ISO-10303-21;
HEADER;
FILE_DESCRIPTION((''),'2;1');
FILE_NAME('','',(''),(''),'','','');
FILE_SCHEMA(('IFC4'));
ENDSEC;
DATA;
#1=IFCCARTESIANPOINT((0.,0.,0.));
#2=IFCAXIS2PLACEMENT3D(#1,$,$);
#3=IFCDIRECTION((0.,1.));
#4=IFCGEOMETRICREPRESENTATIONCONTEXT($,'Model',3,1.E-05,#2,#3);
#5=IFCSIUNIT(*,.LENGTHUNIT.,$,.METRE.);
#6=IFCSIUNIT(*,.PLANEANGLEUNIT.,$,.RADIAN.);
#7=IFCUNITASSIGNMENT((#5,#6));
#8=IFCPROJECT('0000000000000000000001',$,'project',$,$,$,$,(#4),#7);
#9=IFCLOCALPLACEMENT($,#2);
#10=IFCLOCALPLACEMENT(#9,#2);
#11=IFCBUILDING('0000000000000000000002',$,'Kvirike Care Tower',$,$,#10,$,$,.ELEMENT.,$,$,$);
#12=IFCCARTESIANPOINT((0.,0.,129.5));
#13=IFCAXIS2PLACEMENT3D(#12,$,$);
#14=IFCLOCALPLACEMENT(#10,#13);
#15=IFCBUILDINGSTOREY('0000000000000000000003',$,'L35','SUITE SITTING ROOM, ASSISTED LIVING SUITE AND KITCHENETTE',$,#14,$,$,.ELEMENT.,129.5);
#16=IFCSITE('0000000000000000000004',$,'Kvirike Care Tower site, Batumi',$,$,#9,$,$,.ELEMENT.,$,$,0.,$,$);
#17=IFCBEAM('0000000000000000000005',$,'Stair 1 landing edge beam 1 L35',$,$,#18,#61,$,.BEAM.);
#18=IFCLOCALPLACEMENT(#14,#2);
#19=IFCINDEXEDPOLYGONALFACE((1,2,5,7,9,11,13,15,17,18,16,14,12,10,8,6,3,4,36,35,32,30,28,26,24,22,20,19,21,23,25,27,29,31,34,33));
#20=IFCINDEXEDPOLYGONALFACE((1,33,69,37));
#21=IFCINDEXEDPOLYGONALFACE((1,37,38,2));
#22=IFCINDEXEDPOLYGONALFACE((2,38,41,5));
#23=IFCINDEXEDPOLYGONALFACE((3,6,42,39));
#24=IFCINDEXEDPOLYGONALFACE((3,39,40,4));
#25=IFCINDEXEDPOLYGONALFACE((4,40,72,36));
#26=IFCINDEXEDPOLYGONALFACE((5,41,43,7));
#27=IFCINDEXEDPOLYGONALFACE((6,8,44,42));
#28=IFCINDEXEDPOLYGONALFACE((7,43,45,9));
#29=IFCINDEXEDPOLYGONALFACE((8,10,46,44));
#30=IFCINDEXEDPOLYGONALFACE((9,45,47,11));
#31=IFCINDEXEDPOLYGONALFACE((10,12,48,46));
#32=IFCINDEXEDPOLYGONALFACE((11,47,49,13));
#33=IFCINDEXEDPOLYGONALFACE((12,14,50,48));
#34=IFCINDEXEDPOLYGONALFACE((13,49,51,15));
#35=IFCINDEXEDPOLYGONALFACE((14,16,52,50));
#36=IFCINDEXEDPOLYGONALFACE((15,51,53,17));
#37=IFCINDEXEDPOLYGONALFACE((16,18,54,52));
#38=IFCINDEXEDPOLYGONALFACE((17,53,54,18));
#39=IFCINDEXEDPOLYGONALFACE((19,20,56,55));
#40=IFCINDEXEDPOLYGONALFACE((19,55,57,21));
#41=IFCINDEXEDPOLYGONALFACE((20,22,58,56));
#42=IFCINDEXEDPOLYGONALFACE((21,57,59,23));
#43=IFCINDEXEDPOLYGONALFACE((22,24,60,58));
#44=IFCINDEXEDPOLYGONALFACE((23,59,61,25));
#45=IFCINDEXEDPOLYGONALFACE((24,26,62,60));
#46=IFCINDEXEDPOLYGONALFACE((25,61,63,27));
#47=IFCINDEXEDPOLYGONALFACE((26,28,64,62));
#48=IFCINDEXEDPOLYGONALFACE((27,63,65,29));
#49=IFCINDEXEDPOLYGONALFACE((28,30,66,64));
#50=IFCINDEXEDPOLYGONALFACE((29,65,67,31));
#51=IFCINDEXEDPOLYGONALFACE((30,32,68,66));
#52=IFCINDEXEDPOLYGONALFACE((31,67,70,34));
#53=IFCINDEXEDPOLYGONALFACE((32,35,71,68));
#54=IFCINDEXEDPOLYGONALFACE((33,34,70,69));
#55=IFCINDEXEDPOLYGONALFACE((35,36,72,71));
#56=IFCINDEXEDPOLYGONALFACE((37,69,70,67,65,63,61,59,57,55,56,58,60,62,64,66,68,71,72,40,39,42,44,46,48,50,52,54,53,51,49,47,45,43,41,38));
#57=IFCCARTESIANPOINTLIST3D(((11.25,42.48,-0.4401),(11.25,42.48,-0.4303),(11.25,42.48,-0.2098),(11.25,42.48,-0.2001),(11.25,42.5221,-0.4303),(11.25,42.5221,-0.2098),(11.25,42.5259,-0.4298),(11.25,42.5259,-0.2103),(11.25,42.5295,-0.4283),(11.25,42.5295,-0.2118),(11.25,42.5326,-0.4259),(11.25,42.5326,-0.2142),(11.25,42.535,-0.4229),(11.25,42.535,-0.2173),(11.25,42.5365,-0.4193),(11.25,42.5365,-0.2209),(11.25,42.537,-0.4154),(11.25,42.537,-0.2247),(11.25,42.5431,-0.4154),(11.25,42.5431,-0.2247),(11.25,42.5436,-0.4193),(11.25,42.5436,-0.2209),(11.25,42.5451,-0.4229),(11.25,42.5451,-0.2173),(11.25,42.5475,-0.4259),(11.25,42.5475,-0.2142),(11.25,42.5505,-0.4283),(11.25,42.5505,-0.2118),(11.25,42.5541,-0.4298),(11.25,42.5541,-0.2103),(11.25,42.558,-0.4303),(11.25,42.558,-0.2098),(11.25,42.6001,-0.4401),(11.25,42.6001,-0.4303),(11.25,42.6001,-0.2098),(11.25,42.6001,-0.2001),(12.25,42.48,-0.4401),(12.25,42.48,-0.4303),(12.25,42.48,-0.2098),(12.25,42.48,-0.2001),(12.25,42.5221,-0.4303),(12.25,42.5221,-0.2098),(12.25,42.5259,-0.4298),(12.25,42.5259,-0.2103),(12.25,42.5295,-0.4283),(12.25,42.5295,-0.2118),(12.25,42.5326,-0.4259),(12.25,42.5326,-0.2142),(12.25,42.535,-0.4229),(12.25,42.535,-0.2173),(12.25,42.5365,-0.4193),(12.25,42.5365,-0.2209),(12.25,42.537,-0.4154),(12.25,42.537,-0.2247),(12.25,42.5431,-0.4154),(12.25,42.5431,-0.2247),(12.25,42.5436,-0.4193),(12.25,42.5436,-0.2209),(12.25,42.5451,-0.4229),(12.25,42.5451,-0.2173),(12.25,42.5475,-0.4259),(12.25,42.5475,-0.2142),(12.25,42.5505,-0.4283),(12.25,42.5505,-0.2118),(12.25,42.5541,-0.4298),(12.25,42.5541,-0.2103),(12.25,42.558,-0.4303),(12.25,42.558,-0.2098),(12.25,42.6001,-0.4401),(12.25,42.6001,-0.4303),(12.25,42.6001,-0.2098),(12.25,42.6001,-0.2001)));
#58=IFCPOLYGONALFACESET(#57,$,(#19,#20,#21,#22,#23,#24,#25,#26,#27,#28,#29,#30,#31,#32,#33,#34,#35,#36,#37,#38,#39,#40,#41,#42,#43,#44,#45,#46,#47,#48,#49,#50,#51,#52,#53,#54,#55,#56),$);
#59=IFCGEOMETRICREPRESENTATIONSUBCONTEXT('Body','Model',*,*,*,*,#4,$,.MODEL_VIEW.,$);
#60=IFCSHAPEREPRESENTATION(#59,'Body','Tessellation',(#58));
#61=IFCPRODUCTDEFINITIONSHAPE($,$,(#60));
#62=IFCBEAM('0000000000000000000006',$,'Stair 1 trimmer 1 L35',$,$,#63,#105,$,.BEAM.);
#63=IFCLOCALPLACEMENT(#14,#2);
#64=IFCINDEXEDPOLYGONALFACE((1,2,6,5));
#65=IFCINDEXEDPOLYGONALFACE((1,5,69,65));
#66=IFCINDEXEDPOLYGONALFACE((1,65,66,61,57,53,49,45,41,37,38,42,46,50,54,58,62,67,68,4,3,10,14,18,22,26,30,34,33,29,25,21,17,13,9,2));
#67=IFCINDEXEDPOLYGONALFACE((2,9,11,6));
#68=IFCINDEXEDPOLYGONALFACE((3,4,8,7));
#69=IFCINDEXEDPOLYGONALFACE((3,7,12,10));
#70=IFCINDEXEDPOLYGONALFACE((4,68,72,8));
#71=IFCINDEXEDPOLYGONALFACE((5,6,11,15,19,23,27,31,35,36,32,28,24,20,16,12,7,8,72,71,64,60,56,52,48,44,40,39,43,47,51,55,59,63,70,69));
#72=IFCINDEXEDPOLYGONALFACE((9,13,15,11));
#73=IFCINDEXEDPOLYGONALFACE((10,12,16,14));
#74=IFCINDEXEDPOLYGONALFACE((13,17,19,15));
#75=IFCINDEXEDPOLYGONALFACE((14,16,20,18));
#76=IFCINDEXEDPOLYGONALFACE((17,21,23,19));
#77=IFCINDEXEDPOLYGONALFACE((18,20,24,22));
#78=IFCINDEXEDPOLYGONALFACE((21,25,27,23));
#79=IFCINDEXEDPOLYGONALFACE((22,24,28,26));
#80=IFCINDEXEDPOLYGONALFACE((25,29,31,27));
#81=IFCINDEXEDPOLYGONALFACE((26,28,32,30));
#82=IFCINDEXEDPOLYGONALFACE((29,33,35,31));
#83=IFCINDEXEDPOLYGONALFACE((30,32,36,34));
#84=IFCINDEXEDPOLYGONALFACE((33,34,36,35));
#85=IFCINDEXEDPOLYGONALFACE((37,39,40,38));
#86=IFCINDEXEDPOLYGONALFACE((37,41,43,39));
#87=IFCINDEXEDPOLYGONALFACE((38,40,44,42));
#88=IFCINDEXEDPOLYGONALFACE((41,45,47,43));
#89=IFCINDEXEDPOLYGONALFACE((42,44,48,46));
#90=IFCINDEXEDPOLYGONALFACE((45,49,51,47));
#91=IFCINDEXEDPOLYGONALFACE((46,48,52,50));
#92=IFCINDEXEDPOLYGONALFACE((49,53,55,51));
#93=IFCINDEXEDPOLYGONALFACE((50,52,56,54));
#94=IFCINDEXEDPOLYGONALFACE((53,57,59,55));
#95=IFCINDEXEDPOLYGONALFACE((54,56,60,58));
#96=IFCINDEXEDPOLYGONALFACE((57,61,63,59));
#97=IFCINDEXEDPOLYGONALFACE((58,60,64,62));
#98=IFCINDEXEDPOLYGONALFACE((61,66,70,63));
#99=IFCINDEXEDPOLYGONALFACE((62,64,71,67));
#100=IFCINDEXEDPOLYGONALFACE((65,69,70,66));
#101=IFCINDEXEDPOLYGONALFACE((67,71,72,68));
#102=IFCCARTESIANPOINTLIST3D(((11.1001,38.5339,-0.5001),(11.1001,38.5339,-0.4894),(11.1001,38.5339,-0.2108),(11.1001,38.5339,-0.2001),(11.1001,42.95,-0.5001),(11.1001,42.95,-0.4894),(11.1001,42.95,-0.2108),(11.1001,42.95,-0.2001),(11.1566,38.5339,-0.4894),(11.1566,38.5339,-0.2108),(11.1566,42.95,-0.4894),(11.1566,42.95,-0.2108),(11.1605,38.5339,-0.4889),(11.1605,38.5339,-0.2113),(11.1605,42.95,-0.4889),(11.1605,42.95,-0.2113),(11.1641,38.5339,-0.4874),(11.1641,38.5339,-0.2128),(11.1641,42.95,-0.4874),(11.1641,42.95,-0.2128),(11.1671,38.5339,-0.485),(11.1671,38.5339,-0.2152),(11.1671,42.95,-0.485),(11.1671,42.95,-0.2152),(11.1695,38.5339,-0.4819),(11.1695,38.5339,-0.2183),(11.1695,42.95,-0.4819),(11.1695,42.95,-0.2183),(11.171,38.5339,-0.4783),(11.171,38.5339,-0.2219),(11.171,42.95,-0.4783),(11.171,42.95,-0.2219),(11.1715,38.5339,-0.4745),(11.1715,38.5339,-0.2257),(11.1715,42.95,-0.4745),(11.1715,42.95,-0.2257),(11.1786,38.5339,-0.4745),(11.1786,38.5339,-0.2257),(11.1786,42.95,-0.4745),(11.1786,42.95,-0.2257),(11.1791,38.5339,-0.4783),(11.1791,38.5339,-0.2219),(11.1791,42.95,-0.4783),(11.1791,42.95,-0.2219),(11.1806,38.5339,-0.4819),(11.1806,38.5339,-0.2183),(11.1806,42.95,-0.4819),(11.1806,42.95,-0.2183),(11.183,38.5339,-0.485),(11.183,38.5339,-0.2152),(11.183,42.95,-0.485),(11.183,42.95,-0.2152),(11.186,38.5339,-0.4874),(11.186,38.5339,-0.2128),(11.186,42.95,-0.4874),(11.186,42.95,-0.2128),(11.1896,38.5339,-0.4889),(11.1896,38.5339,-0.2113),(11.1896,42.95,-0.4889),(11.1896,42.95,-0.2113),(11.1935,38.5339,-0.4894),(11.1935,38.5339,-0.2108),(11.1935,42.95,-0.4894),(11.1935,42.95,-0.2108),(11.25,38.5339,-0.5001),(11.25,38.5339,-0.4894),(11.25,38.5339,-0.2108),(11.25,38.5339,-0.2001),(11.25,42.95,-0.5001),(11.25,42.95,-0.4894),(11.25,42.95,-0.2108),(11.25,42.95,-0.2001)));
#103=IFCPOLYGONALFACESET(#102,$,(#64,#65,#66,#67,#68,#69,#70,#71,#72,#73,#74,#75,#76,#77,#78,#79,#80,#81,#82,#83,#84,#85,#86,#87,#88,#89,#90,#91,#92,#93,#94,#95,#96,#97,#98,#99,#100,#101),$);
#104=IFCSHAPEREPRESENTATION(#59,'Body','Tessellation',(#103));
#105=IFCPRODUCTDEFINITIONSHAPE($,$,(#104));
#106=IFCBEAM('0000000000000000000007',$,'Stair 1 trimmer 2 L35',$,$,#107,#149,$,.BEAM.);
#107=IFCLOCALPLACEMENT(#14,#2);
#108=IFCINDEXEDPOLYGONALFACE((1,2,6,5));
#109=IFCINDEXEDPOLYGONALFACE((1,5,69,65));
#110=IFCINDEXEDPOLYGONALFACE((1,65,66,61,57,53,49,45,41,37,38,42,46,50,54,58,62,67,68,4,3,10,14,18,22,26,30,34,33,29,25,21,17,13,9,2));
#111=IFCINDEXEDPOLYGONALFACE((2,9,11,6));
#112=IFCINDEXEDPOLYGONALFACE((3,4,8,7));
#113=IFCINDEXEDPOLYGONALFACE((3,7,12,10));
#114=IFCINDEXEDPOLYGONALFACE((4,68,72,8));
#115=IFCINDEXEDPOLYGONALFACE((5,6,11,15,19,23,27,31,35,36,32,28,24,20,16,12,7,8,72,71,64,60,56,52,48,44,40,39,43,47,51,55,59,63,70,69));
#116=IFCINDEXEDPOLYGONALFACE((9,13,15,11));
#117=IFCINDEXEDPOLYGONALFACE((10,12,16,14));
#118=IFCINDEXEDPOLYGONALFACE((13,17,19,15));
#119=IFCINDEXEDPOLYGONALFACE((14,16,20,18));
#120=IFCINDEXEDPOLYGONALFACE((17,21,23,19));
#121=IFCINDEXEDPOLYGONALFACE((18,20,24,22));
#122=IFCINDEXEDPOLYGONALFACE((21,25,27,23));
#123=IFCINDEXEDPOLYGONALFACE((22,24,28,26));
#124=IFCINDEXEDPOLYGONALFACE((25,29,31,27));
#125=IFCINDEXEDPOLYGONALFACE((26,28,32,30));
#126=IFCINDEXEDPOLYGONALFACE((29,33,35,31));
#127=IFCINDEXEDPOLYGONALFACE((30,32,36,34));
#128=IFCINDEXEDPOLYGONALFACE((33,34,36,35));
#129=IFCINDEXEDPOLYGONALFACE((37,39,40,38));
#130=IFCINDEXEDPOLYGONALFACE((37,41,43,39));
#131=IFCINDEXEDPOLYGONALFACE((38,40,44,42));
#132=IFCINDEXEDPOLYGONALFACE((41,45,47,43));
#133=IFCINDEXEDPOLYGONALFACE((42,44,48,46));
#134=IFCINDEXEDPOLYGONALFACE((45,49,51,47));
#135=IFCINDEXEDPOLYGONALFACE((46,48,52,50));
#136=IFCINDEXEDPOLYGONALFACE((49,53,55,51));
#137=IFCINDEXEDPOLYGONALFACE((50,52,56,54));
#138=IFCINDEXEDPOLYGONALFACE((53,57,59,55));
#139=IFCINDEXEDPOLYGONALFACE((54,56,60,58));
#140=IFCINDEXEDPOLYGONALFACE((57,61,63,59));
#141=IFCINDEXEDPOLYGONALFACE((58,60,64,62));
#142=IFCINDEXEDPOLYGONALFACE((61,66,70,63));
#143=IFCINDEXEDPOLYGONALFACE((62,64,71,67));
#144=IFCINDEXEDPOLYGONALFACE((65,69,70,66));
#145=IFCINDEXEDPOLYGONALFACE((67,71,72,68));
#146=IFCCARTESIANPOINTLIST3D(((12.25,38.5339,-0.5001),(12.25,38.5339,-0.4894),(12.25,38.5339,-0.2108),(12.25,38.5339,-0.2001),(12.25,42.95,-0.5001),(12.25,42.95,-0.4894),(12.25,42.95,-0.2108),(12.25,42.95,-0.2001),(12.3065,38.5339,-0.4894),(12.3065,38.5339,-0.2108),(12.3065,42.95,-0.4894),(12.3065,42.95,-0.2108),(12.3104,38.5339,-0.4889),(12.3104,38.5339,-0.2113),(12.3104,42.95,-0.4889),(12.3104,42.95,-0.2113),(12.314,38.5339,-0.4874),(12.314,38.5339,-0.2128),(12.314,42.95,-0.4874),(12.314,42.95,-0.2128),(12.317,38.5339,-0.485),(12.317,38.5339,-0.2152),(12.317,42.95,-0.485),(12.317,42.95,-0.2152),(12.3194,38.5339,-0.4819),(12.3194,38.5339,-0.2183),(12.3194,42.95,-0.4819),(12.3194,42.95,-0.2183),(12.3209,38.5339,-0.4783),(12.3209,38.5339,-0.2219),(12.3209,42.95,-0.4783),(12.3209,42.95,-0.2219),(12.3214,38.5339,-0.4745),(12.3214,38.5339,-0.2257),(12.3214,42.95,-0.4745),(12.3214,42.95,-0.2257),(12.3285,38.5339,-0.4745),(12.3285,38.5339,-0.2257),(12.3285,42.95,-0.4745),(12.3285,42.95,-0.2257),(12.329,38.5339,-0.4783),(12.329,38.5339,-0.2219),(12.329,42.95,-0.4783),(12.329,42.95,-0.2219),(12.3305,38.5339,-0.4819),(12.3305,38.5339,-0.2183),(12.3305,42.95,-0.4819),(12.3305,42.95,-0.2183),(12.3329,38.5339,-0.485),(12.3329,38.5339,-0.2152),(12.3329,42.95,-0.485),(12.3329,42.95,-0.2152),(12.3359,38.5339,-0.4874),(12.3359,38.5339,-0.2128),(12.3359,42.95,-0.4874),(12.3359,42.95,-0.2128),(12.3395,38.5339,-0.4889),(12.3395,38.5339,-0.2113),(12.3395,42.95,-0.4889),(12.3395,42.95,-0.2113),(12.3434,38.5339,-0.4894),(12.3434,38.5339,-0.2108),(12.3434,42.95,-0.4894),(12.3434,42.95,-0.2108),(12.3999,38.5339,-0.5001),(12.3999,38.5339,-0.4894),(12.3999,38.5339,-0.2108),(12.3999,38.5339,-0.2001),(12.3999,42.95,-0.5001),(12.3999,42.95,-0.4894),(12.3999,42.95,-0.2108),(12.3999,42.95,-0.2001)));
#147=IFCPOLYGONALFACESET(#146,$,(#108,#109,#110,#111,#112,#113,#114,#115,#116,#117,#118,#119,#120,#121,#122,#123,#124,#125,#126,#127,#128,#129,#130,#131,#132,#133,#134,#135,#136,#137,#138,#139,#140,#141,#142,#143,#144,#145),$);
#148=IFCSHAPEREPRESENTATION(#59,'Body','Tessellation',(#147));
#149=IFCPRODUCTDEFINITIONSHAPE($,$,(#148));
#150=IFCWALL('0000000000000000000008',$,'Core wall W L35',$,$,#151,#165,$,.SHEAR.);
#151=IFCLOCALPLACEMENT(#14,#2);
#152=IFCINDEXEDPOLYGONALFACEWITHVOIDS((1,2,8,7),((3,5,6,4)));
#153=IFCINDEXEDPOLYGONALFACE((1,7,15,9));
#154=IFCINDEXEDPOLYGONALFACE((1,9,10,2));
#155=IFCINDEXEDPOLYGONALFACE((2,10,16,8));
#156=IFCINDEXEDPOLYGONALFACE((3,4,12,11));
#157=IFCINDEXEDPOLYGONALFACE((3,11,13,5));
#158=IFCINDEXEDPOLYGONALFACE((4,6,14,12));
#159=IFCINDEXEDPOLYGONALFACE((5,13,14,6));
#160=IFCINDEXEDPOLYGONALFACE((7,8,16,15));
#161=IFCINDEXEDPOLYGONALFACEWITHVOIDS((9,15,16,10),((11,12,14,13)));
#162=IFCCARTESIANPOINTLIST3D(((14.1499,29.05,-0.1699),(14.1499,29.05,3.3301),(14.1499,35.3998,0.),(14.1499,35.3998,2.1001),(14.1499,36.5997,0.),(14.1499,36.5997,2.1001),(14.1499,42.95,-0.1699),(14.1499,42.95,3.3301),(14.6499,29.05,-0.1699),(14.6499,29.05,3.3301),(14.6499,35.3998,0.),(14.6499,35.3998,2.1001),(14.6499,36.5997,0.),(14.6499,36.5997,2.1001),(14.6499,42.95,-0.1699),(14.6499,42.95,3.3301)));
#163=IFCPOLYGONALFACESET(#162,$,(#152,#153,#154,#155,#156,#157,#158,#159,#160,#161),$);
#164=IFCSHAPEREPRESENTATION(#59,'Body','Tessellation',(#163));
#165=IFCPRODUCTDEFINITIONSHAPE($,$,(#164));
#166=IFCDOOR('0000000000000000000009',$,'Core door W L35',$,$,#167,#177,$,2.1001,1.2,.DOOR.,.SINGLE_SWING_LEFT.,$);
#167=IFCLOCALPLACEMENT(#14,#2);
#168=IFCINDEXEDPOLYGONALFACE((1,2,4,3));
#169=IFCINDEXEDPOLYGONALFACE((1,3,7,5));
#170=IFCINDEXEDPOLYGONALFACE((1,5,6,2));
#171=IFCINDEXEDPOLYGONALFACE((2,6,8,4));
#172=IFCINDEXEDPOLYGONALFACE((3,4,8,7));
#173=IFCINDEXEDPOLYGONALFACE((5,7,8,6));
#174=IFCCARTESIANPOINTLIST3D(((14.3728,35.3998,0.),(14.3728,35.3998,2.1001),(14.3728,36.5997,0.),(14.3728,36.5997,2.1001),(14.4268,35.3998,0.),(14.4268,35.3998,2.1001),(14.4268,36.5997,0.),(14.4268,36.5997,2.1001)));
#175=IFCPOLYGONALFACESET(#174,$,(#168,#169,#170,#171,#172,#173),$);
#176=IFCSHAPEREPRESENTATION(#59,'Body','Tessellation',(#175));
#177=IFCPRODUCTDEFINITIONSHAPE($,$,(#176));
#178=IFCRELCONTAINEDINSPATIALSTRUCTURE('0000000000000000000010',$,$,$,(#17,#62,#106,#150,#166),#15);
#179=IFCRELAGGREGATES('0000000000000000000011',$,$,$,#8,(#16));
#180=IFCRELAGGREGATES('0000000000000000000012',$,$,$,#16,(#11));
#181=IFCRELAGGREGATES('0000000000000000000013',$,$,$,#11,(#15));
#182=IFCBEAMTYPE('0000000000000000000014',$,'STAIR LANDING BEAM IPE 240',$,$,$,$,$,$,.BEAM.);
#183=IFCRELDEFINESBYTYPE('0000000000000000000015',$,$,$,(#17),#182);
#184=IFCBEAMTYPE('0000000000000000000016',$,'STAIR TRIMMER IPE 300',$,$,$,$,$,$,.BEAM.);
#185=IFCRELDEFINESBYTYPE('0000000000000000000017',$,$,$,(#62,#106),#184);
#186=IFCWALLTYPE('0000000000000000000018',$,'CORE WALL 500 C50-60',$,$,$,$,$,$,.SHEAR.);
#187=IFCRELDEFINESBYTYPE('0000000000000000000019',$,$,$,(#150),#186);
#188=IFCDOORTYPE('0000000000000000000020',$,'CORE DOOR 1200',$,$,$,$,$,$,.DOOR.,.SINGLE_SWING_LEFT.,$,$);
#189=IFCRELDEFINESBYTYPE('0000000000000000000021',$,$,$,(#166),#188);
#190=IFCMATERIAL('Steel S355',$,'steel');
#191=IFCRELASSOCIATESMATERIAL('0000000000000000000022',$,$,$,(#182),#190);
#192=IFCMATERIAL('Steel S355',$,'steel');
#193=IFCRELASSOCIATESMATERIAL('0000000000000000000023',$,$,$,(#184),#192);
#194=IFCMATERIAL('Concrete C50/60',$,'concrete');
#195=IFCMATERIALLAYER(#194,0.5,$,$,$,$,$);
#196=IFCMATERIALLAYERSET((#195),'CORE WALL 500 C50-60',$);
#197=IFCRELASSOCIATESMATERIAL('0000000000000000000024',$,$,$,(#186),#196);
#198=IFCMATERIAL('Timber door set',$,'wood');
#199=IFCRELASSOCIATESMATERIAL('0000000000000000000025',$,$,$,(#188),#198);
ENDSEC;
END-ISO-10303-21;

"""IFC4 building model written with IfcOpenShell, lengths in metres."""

from ifc_helpers import new_model, si_unit, direction, frame, frame_2d, origin, origin_2d, place, context, subcontext, project, spatial, rectangle, i_section, extrude, material, layer, layer_set, material_profile, profile_set, type_object, element, fill, save


model = new_model("IFC4")

# Units and contexts
model_context = context("Model", 3, precision=1e-05, world=origin(), true_north=direction((0.0, 1.0)))
body_context = subcontext(model_context, "Body", "Model", "MODEL_VIEW")
ifc_project = project(units=[si_unit("LENGTHUNIT", "METRE"), si_unit("PLANEANGLEUNIT", "RADIAN")], contexts=[model_context])

# Site, building, storey
site_placement = place(None, origin())
site = spatial("IfcSite", under=ifc_project, at=site_placement, Name="Kvirike Care Tower site, Batumi", CompositionType="ELEMENT", RefElevation=0.0)
building_placement = place(site_placement, origin())
building = spatial("IfcBuilding", under=site, at=building_placement, Name="Kvirike Care Tower", CompositionType="ELEMENT")
storey_placement = place(building_placement, frame((0.0, 0.0, 129.5)))
storey = spatial("IfcBuildingStorey", under=building, at=storey_placement, Name="L35", Description="SUITE SITTING ROOM, ASSISTED LIVING SUITE AND KITCHENETTE", CompositionType="ELEMENT", Elevation=129.5)

# Beams
ifc_material_1 = material(Name="Steel S355", Category="steel")
ifc_material_profile_1 = material_profile(ifc_material_1, i_section(OverallWidth=0.1201, OverallDepth=0.24, WebThickness=0.0061, FlangeThickness=0.0098, FilletRadius=0.0149, at=origin_2d()), Name="IPE 240")
ifc_profile_set_1 = profile_set([ifc_material_profile_1], Name="Steel S355")
beam_type_1 = type_object("IfcBeamType", Name="STAIR LANDING BEAM IPE 240", PredefinedType="BEAM", material=ifc_profile_set_1)
beam_1_placement = place(storey_placement, frame((11.25, 42.54, -0.3201), z_axis=(1.0, 0.0, 0.0), x_axis=(0.0, 1.0, 0.0)))
element("IfcBeam", 1, at=beam_1_placement, inside=storey, type_object=beam_type_1, Name="Stair 1 landing edge beam 1 L35", PredefinedType="BEAM", context=body_context, shape_type="SweptSolid", body=[
    extrude(i_section(OverallWidth=0.1201, OverallDepth=0.24, WebThickness=0.0061, FlangeThickness=0.0098, FilletRadius=0.0149, at=origin_2d()), origin(), (0.0, 0.0, 1.0), 1.0),
])
ifc_material_2 = material(Name="Steel S355", Category="steel")
ifc_material_profile_2 = material_profile(ifc_material_2, i_section(OverallWidth=0.1499, OverallDepth=0.3, WebThickness=0.0071, FlangeThickness=0.0107, FilletRadius=0.0149, at=origin_2d()), Name="IPE 300")
ifc_profile_set_2 = profile_set([ifc_material_profile_2], Name="Steel S355")
beam_type_2 = type_object("IfcBeamType", Name="STAIR TRIMMER IPE 300", PredefinedType="BEAM", material=ifc_profile_set_2)
for number, where, z_axis, x_axis, name in (
    (2, (11.175, 42.95, -0.3501), (0.0, -1.0, 0.0), (1.0, 0.0, 0.0), "Stair 1 trimmer 1 L35"),
    (3, (12.325, 42.95, -0.3501), (0.0, -1.0, 0.0), (1.0, 0.0, 0.0), "Stair 1 trimmer 2 L35"),
):
    element("IfcBeam", number, at=place(storey_placement, frame(where, z_axis=z_axis, x_axis=x_axis)), inside=storey, type_object=beam_type_2, Name=name, PredefinedType="BEAM", context=body_context, shape_type="SweptSolid", body=[
        extrude(i_section(OverallWidth=0.1499, OverallDepth=0.3, WebThickness=0.0071, FlangeThickness=0.0107, FilletRadius=0.0149, at=origin_2d()), origin(), (0.0, 0.0, 1.0), 4.416),
    ])

# Wall, opening, door
ifc_material_3 = material(Name="Concrete C50/60", Category="concrete")
ifc_layer_1 = layer(ifc_material_3, 0.5)
ifc_layer_set_1 = layer_set([ifc_layer_1], Name="CORE WALL 500 C50-60")
wall_type_1 = type_object("IfcWallType", Name="CORE WALL 500 C50-60", PredefinedType="SHEAR", material=ifc_layer_set_1)
wall_1_placement = place(storey_placement, frame((14.3999, 42.95, -0.1699), z_axis=(0.0, 0.0, 1.0), x_axis=(0.0, -1.0, 0.0)))
wall_1 = element("IfcWall", 4, at=wall_1_placement, inside=storey, type_object=wall_type_1, Name="Core wall W L35", PredefinedType="SHEAR", context=body_context, shape_type="SweptSolid", body=[
    extrude(rectangle(XDim=13.8999, YDim=0.5, at=frame_2d((6.95, 0.0))), origin(), (0.0, 0.0, 1.0), 3.5),
])
opening_1_placement = place(wall_1_placement, frame((6.3501, 0.0, 0.1699)))
opening_1 = element("IfcOpeningElement", 5, at=opening_1_placement, cuts=wall_1, PredefinedType="OPENING", context=body_context, shape_type="SweptSolid", body=[
    extrude(rectangle(XDim=1.2, YDim=2.1001, at=frame_2d((0.6001, 1.05))), frame((0.0, 0.2605, 0.0), z_axis=(0.0, -1.0, 0.0), x_axis=(1.0, 0.0, 0.0)), (0.0, 0.0, 1.0), 0.521),
])
ifc_material_4 = material(Name="Timber door set", Category="wood")
door_type_1 = type_object("IfcDoorType", Name="CORE DOOR 1200", OperationType="SINGLE_SWING_LEFT", PredefinedType="DOOR", material=ifc_material_4)
door_1_placement = place(opening_1_placement, origin())
door_1 = element("IfcDoor", 6, at=door_1_placement, inside=storey, type_object=door_type_1, Name="Core door W L35", OperationType="SINGLE_SWING_LEFT", OverallHeight=2.1001, OverallWidth=1.2, PredefinedType="DOOR", context=body_context, shape_type="SweptSolid", body=[
    extrude(rectangle(XDim=1.2, YDim=2.1001, at=frame_2d((0.6001, 1.05))), frame((0.0, 0.0269, 0.0), z_axis=(0.0, -1.0, 0.0), x_axis=(1.0, 0.0, 0.0)), (0.0, 0.0, 1.0), 0.054),
])
fill(opening_1, door_1)

save(model, "model.ifc")
